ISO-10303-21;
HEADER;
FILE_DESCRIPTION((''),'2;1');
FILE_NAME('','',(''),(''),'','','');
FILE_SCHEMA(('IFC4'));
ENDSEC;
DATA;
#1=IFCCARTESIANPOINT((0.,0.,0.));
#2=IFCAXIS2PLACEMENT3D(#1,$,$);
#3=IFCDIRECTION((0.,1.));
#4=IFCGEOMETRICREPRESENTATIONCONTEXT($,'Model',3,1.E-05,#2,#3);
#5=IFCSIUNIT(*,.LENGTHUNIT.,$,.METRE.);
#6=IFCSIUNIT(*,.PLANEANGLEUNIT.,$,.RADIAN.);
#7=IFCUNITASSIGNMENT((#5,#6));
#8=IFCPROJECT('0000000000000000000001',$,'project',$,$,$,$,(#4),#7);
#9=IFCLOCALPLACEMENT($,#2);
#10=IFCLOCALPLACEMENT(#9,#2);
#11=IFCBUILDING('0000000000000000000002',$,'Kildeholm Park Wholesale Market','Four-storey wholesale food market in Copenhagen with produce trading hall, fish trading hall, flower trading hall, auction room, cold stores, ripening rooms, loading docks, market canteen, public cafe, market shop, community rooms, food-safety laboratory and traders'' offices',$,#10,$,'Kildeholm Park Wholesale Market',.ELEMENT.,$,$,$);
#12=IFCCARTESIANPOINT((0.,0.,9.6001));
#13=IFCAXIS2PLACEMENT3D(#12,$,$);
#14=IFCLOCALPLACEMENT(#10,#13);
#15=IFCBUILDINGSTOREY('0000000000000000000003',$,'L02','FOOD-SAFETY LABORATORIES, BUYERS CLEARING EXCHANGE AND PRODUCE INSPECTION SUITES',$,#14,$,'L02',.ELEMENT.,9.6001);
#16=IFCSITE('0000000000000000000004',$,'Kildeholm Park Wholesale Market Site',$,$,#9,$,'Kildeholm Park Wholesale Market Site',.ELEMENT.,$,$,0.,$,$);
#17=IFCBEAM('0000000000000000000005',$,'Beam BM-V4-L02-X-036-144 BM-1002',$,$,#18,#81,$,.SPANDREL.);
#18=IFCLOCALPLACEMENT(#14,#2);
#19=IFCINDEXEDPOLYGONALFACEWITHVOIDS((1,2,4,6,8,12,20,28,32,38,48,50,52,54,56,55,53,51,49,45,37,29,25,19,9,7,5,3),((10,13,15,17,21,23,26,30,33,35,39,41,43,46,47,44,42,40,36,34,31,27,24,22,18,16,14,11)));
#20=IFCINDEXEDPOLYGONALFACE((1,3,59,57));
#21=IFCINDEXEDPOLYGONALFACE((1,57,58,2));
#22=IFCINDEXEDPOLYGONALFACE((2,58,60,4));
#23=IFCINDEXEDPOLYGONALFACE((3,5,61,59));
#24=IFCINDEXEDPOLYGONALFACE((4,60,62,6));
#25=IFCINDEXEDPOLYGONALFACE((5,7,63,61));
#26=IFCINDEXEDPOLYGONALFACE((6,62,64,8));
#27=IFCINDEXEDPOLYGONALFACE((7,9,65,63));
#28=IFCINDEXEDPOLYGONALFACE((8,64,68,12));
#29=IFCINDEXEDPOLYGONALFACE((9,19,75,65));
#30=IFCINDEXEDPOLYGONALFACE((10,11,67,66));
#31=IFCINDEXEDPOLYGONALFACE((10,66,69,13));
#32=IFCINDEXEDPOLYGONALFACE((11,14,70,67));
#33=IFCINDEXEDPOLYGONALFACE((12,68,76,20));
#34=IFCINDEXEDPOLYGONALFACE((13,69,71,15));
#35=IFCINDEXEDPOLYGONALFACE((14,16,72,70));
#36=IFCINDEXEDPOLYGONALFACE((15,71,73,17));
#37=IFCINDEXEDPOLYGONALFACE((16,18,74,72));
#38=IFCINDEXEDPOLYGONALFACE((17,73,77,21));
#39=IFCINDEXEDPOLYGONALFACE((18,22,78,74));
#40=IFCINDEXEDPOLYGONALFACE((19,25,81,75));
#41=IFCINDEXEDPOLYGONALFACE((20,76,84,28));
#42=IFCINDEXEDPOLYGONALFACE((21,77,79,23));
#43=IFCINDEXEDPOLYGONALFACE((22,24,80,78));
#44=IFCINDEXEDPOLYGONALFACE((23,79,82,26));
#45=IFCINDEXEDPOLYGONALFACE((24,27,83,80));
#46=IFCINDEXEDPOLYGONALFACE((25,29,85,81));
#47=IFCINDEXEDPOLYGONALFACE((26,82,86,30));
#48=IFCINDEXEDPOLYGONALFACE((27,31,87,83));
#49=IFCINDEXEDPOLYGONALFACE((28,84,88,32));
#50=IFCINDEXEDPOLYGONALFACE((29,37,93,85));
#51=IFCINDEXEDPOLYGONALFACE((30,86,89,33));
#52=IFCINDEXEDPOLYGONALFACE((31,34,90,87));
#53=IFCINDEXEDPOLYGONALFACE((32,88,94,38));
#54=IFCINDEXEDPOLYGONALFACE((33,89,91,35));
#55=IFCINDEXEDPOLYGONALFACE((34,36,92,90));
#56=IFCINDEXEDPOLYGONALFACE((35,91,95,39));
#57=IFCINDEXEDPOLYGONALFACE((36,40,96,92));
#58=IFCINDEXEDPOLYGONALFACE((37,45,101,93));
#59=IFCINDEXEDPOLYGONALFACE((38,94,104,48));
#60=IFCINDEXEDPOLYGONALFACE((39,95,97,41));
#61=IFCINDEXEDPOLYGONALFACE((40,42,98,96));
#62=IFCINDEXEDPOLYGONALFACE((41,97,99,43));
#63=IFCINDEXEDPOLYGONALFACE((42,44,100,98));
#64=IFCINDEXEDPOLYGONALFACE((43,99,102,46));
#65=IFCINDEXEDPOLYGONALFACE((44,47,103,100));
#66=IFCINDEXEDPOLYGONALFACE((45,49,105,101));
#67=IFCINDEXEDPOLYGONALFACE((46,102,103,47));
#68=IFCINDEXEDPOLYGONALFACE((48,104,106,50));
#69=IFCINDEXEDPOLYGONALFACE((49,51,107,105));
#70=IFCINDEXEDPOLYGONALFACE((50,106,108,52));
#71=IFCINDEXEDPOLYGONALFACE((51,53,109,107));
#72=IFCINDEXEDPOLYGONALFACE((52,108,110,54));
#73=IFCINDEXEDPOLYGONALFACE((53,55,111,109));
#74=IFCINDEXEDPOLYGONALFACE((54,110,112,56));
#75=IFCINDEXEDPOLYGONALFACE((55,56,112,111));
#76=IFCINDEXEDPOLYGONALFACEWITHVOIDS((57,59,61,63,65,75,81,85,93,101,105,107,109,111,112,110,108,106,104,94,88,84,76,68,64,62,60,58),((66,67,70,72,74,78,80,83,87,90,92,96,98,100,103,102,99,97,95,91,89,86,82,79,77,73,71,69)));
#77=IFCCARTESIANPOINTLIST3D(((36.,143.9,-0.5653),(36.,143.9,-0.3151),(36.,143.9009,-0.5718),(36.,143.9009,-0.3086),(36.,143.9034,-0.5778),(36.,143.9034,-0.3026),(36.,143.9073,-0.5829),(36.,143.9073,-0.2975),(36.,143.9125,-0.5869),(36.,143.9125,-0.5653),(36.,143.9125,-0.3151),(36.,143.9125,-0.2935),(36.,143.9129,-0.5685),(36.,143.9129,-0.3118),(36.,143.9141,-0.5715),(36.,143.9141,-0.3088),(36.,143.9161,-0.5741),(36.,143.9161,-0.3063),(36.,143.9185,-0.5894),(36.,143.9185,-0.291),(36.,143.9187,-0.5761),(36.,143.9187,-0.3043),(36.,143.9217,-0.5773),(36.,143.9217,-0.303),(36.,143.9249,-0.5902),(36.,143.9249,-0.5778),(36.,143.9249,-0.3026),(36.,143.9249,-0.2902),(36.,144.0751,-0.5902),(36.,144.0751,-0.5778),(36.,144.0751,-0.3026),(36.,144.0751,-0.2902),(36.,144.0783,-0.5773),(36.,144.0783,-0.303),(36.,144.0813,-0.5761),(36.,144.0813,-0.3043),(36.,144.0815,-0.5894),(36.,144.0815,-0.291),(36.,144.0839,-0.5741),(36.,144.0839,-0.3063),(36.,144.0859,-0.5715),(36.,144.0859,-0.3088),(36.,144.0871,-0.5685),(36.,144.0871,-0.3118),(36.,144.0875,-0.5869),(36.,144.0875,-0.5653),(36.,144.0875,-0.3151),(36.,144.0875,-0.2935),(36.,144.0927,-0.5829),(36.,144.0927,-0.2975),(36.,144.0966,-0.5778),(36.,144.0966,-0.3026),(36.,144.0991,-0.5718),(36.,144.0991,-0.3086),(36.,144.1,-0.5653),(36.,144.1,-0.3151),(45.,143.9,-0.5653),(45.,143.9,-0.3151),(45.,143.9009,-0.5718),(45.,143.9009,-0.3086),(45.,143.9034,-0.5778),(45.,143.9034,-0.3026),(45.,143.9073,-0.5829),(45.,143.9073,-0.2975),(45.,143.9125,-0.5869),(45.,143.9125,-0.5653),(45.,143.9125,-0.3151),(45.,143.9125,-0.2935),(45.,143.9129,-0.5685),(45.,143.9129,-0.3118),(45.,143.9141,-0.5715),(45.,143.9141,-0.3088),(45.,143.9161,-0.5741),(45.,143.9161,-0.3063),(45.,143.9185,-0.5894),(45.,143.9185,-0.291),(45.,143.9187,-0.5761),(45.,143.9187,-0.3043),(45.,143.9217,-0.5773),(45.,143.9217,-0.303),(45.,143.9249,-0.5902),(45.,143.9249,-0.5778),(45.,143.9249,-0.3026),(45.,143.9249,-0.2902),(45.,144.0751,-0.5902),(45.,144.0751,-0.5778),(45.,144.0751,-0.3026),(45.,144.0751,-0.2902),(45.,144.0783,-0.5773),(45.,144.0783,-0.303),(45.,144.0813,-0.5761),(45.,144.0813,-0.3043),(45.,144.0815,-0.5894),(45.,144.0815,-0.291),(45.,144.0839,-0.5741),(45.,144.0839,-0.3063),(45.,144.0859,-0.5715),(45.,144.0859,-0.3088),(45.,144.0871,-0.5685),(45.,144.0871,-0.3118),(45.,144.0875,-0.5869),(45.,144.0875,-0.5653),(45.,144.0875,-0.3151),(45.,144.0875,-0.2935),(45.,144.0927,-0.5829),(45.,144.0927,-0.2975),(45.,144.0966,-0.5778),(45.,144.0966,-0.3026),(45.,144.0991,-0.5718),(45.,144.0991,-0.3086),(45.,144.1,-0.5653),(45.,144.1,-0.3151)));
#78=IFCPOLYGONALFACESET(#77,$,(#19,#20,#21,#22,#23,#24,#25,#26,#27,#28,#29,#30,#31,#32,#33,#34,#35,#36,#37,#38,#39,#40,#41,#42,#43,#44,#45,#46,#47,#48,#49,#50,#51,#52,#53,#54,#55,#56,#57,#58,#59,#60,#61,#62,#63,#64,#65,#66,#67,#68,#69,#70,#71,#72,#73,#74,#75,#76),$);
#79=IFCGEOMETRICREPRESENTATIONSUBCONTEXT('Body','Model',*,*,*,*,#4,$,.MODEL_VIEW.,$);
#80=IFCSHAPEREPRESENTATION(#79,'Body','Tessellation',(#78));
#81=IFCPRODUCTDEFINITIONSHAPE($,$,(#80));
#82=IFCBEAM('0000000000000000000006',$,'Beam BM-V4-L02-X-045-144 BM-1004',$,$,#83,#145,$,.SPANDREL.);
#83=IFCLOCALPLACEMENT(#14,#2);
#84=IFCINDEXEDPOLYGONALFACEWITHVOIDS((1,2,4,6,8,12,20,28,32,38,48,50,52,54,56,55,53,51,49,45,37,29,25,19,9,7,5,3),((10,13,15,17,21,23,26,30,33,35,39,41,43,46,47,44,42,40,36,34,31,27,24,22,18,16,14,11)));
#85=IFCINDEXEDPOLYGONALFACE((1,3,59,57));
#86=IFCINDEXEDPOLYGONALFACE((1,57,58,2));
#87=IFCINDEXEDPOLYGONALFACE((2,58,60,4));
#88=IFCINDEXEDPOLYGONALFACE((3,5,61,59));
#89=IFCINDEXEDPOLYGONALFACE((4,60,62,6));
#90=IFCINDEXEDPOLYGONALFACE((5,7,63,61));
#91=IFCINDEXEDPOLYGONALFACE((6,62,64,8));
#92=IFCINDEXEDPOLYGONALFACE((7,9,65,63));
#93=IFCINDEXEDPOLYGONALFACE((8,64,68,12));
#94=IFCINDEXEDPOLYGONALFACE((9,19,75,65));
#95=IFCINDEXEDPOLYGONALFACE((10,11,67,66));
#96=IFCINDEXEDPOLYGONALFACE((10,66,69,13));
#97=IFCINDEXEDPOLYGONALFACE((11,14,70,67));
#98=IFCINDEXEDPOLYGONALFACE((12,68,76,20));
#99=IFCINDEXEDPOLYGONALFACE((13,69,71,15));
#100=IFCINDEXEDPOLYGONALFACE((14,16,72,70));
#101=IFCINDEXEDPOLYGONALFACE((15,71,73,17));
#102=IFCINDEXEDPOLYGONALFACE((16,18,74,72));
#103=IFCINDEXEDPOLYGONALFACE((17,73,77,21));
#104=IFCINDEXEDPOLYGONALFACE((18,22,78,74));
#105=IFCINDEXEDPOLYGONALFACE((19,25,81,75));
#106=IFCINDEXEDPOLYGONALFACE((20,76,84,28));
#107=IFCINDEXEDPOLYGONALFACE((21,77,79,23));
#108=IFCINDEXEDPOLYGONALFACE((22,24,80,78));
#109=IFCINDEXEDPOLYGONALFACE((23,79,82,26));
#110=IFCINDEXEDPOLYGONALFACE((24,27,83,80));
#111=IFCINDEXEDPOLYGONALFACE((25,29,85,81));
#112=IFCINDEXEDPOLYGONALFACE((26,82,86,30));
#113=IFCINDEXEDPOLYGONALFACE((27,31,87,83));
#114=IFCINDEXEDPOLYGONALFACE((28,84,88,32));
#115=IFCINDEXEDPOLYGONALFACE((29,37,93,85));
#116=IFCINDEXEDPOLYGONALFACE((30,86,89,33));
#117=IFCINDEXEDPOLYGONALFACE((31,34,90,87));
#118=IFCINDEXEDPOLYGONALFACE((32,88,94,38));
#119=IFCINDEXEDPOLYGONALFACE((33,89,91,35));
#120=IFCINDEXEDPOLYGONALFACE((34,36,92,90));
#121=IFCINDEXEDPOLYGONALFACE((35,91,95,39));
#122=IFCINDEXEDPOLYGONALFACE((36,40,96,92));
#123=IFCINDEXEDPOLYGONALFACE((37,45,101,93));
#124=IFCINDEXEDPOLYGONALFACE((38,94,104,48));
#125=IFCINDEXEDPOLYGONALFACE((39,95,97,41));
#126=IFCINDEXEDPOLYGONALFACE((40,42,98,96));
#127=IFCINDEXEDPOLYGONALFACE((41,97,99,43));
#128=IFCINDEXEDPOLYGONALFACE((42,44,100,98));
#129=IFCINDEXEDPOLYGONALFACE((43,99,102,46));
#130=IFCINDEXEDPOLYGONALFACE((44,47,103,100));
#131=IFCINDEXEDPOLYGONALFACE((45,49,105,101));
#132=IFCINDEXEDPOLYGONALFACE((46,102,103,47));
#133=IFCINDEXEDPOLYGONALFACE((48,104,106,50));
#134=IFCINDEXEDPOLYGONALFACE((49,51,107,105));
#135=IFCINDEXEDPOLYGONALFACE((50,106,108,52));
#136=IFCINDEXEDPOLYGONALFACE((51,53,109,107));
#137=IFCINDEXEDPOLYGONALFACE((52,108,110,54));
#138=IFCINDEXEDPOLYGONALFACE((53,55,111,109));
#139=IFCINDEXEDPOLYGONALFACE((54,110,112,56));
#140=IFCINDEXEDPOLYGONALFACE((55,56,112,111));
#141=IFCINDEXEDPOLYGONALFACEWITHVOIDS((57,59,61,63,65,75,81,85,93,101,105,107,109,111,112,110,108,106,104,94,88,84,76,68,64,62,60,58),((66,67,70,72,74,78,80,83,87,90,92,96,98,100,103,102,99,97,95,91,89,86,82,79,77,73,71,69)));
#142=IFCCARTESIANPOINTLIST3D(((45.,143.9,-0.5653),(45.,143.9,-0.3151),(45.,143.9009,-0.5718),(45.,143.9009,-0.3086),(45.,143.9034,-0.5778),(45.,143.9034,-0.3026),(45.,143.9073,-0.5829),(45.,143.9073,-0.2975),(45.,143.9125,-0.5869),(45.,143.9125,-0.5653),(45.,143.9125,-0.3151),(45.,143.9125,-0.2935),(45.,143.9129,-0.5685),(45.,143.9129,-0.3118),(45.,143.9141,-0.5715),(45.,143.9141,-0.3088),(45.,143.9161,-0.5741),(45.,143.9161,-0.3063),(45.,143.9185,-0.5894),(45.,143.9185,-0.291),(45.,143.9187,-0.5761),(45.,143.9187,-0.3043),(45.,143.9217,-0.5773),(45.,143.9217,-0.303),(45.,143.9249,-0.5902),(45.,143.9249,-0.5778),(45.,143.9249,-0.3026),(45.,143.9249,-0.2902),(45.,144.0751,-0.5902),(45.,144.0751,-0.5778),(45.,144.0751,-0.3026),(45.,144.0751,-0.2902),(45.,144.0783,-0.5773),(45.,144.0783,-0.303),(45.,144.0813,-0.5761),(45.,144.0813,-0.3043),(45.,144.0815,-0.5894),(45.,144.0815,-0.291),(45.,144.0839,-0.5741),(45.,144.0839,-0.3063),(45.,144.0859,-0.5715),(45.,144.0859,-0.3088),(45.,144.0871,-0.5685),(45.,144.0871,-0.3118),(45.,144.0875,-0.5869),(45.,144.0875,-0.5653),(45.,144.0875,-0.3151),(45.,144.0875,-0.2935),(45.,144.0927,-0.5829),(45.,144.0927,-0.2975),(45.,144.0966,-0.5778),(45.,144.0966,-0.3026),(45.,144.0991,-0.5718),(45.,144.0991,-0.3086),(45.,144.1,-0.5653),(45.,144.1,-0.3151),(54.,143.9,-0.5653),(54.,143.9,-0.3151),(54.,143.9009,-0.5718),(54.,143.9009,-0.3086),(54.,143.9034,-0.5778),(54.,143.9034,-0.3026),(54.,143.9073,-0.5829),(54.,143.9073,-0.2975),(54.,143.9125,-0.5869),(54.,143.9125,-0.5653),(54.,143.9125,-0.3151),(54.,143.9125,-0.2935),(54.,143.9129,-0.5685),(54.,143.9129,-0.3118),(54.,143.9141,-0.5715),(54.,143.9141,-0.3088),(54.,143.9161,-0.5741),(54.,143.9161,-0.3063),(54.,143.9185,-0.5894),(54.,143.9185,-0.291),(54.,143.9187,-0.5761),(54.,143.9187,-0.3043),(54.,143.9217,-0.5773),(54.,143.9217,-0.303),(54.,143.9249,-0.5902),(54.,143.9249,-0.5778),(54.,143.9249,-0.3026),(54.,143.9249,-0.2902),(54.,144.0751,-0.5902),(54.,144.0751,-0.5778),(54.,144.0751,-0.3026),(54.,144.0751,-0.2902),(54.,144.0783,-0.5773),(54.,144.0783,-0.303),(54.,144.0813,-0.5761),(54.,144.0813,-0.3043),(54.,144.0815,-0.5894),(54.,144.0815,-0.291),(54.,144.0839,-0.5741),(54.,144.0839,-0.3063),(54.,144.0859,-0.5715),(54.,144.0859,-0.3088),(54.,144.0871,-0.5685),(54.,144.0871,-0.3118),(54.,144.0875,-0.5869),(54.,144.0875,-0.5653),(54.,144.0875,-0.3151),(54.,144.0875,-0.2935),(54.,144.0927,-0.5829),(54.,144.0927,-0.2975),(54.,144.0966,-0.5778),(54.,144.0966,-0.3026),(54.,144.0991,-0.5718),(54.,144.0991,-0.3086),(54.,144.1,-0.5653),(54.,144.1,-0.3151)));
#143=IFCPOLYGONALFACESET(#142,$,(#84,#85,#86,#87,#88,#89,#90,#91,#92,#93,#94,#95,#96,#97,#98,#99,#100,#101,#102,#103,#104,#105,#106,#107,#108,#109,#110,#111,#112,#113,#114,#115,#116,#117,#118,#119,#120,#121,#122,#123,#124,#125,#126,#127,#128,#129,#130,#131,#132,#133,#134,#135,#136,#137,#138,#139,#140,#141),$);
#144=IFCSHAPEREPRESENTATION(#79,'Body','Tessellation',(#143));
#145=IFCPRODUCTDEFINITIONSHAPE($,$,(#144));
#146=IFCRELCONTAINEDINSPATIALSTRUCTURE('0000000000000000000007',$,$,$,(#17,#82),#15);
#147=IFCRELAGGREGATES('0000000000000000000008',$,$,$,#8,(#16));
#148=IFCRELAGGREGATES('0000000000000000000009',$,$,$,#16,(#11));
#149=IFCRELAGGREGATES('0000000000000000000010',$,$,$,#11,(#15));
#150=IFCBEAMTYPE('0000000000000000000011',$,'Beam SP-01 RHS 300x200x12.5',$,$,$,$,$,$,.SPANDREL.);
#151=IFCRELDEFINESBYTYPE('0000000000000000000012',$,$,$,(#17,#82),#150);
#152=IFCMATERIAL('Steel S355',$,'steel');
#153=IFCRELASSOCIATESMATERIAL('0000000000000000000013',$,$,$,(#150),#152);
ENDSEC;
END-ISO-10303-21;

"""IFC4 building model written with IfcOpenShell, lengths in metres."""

from ifc_helpers import new_model, si_unit, direction, frame, origin, origin_2d, place, context, subcontext, project, spatial, hollow_rectangle, extrude, material, material_profile, profile_set, type_object, element, save


model = new_model("IFC4")

# Units and contexts
model_context = context("Model", 3, precision=1e-05, world=origin(), true_north=direction((0.0, 1.0)))
body_context = subcontext(model_context, "Body", "Model", "MODEL_VIEW")
ifc_project = project(units=[si_unit("LENGTHUNIT", "METRE"), si_unit("PLANEANGLEUNIT", "RADIAN")], contexts=[model_context])

# Site, building, storey
site_placement = place(None, origin())
site = spatial("IfcSite", under=ifc_project, at=site_placement, Name="Kildeholm Park Wholesale Market Site", LongName="Kildeholm Park Wholesale Market Site", CompositionType="ELEMENT", RefElevation=0.0)
building_placement = place(site_placement, origin())
building = spatial("IfcBuilding", under=site, at=building_placement, Name="Kildeholm Park Wholesale Market", Description="Four-storey wholesale food market in Copenhagen with produce trading hall, fish trading hall, flower trading hall, auction room, cold stores, ripening rooms, loading docks, market canteen, public cafe, market shop, community rooms, food-safety laboratory and traders' offices", LongName="Kildeholm Park Wholesale Market", CompositionType="ELEMENT")
storey_placement = place(building_placement, frame((0.0, 0.0, 9.6001)))
storey = spatial("IfcBuildingStorey", under=building, at=storey_placement, Name="L02", Description="FOOD-SAFETY LABORATORIES, BUYERS CLEARING EXCHANGE AND PRODUCE INSPECTION SUITES", LongName="L02", CompositionType="ELEMENT", Elevation=9.6001)

# Beams
ifc_material_1 = material(Name="Steel S355", Category="steel")
ifc_material_profile_1 = material_profile(ifc_material_1, hollow_rectangle(XDim=0.2, YDim=0.3, WallThickness=0.0125, InnerFilletRadius=0.0125, OuterFilletRadius=0.0249, at=origin_2d()), Name="RHS 300x200x12.5")
ifc_profile_set_1 = profile_set([ifc_material_profile_1], Name="Steel S355")
beam_type_1 = type_object("IfcBeamType", Name="Beam SP-01 RHS 300x200x12.5", PredefinedType="SPANDREL", material=ifc_profile_set_1)
for number, where, z_axis, x_axis, name in (
    (1, (36.0, 144.0, -0.4402), (1.0, 0.0, 0.0), (0.0, 1.0, 0.0), "Beam BM-V4-L02-X-036-144 BM-1002"),
    (2, (45.0, 144.0, -0.4402), (1.0, 0.0, 0.0), (0.0, 1.0, 0.0), "Beam BM-V4-L02-X-045-144 BM-1004"),
):
    element("IfcBeam", number, at=place(storey_placement, frame(where, z_axis=z_axis, x_axis=x_axis)), inside=storey, type_object=beam_type_1, Name=name, PredefinedType="SPANDREL", context=body_context, shape_type="SweptSolid", body=[
        extrude(hollow_rectangle(XDim=0.2, YDim=0.3, WallThickness=0.0125, InnerFilletRadius=0.0125, OuterFilletRadius=0.0249, at=origin_2d()), origin(), (0.0, 0.0, 1.0), 9.0),
    ])

save(model, "model.ifc")
